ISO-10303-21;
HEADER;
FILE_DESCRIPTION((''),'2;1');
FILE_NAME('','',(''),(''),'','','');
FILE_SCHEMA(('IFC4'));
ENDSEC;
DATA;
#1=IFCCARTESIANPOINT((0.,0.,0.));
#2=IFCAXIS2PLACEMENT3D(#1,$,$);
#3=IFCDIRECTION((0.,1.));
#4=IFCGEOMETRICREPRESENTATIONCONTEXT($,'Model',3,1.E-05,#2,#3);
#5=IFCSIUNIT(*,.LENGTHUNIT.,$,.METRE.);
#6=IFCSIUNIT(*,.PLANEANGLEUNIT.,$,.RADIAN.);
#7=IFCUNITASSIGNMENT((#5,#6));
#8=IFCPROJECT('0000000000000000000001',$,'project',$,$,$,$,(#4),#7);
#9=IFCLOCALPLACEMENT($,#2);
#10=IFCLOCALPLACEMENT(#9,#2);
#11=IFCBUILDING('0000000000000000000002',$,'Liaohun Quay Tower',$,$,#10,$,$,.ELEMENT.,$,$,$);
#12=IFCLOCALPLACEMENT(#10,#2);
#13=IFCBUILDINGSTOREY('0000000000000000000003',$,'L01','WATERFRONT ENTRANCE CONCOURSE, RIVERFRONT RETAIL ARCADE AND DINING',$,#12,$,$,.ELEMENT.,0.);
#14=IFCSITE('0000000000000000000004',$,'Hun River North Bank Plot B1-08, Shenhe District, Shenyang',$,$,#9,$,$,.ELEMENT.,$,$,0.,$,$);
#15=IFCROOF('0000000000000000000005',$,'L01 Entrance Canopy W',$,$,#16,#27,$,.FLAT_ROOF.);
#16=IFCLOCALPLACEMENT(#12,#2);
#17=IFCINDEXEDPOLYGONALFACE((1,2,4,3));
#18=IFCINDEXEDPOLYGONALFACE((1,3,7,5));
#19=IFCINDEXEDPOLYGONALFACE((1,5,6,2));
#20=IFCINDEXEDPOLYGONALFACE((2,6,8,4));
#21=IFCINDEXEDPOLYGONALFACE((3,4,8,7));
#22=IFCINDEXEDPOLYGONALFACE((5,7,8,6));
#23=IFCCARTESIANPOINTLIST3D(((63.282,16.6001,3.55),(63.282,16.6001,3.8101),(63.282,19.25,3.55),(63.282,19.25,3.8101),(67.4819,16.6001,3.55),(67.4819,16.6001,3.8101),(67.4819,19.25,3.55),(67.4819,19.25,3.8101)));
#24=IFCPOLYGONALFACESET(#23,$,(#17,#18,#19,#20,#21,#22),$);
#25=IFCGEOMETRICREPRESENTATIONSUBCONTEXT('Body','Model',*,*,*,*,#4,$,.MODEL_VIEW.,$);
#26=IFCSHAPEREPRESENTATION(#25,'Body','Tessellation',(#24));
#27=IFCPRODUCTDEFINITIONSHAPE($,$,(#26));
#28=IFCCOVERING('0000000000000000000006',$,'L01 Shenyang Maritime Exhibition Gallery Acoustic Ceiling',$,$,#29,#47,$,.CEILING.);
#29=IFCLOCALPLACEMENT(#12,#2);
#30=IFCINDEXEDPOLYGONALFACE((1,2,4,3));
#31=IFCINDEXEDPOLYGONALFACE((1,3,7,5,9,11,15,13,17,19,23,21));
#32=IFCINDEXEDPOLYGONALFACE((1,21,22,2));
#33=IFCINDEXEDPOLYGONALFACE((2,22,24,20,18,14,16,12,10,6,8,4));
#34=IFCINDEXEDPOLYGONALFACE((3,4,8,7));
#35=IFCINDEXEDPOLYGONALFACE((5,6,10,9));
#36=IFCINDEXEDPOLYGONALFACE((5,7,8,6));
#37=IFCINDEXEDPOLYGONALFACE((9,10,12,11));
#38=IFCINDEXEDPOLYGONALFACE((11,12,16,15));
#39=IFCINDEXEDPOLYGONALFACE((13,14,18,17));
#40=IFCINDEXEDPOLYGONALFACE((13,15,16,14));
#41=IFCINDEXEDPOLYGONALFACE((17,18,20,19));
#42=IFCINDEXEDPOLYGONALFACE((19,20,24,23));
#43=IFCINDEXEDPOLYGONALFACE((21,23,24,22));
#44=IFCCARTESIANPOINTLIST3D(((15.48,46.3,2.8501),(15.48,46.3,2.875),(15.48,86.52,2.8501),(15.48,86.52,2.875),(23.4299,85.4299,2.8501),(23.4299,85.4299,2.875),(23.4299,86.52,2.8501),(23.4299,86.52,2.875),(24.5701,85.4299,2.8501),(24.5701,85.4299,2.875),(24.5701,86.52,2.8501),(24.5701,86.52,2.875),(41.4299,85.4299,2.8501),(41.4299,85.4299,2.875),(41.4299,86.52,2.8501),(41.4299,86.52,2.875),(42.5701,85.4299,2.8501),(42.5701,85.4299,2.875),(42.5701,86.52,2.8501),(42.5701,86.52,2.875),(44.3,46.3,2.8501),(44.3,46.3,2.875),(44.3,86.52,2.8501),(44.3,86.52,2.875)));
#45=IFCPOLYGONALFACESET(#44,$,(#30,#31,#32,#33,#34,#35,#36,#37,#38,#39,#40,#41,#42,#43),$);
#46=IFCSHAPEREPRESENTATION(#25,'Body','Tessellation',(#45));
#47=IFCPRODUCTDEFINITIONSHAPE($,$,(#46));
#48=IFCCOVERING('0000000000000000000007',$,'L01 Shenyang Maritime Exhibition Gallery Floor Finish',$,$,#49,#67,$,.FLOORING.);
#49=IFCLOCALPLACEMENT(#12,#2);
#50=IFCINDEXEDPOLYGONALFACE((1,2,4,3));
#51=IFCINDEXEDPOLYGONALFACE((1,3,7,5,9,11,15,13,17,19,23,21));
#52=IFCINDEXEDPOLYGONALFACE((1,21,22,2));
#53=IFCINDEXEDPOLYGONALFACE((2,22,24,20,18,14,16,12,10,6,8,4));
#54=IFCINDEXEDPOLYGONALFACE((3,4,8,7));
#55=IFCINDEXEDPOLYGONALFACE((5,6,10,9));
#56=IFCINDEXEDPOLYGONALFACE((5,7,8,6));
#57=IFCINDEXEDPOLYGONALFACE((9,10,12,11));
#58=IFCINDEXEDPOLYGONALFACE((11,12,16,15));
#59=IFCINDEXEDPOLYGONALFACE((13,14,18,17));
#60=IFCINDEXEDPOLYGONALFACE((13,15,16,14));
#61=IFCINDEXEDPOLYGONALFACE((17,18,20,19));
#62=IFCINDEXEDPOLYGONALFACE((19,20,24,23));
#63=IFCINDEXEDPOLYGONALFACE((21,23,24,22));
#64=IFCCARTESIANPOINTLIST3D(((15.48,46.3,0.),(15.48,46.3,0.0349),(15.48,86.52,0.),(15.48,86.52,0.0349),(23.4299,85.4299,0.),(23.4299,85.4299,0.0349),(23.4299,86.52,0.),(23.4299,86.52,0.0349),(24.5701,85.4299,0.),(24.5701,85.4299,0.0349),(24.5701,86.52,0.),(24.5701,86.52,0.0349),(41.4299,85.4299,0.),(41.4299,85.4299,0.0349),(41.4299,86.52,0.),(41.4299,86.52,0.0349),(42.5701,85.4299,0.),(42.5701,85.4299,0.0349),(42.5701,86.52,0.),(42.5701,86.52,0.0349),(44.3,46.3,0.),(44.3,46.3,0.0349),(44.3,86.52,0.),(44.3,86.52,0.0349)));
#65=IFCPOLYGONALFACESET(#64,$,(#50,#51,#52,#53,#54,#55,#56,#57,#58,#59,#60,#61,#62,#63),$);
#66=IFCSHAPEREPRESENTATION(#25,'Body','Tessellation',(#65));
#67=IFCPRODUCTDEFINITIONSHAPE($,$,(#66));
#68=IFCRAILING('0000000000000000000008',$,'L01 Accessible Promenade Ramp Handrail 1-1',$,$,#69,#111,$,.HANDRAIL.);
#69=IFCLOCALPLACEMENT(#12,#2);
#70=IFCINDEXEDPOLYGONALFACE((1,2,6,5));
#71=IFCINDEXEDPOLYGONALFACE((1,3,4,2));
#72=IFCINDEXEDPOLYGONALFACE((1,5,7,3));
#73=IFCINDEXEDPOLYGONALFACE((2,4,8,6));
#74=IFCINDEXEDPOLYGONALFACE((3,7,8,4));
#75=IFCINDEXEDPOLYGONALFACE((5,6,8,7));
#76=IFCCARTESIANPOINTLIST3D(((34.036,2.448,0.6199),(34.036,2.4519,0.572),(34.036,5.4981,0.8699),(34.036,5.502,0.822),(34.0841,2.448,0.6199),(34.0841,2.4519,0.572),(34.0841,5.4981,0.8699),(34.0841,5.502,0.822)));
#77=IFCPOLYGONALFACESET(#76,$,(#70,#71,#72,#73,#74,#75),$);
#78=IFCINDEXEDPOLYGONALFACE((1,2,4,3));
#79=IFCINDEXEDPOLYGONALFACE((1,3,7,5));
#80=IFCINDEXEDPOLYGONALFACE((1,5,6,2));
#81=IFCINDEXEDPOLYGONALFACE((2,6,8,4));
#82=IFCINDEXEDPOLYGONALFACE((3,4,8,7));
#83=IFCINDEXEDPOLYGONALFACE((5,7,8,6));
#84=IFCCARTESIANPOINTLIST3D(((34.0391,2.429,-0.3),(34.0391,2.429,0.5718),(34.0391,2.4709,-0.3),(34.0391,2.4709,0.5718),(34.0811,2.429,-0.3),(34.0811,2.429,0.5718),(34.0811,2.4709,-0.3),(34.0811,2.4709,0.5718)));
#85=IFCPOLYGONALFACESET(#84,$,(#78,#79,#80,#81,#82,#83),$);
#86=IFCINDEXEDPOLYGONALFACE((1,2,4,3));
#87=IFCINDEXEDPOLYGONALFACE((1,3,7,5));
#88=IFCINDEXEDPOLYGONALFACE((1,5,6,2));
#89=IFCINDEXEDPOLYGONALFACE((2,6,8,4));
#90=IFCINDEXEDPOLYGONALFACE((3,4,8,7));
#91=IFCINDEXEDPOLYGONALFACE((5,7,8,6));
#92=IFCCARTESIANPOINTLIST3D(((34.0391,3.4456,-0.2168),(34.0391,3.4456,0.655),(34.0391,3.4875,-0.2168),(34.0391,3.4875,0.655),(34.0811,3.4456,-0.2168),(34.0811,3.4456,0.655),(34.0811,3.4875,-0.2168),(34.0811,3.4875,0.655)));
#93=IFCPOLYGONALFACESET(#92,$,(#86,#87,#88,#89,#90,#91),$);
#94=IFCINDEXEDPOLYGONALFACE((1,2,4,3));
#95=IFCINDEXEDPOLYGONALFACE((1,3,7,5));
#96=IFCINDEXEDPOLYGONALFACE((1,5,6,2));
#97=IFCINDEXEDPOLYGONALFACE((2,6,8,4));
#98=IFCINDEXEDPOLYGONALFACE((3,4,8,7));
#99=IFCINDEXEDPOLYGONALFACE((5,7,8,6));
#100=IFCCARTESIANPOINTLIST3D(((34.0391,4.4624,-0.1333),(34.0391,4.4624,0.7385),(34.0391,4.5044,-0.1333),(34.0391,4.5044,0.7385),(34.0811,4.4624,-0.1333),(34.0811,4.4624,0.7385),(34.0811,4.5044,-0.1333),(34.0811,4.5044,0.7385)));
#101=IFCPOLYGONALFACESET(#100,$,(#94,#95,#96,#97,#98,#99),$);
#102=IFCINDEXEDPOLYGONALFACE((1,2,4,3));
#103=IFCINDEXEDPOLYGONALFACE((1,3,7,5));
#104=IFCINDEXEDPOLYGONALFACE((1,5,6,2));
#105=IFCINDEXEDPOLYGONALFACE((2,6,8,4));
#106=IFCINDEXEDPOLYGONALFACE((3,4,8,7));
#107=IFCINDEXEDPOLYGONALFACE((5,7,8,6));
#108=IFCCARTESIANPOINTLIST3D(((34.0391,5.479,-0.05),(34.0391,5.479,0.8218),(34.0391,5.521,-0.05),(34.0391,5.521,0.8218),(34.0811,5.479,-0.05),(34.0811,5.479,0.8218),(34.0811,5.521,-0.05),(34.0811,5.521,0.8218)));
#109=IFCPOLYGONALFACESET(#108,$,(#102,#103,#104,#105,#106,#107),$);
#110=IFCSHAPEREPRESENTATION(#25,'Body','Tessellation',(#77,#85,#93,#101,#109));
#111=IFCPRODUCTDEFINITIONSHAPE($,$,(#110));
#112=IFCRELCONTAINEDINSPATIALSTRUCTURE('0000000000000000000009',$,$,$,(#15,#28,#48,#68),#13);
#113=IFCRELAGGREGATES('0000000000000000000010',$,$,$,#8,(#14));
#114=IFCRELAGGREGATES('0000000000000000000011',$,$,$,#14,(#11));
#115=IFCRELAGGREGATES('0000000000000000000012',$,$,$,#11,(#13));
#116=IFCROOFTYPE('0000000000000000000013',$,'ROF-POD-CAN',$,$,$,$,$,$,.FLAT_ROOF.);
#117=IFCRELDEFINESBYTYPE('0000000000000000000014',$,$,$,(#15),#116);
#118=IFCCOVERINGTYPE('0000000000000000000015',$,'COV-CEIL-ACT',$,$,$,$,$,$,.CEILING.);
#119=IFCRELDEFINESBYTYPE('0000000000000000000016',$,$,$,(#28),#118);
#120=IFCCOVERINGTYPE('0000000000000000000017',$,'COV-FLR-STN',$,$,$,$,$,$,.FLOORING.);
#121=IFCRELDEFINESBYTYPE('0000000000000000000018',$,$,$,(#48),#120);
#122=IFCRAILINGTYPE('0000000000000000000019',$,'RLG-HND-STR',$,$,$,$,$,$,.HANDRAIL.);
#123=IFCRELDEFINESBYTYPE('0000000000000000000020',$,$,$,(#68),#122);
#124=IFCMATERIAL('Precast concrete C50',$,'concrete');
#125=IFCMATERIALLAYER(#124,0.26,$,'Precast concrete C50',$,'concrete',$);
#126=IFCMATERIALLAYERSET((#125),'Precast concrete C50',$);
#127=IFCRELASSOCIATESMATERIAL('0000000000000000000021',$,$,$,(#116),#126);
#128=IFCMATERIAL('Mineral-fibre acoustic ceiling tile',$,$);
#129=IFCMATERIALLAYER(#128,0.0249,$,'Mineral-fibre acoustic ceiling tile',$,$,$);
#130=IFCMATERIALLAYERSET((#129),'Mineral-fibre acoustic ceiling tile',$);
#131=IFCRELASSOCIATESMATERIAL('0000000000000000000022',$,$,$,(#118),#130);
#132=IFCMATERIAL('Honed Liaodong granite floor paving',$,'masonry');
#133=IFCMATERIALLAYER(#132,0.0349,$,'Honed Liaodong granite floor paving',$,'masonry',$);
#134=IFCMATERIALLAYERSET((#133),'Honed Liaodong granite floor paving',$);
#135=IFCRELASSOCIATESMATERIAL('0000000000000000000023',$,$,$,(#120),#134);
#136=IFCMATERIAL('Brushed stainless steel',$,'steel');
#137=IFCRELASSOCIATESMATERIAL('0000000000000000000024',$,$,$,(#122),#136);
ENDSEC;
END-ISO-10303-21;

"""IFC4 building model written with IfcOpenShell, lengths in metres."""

from ifc_helpers import new_model, si_unit, direction, frame, origin, origin_2d, place, context, subcontext, project, spatial, polyline, rectangle, outline, extrude, material, layer, layer_set, type_object, element, save


model = new_model("IFC4")

# Units and contexts
model_context = context("Model", 3, precision=1e-05, world=origin(), true_north=direction((0.0, 1.0)))
body_context = subcontext(model_context, "Body", "Model", "MODEL_VIEW")
ifc_project = project(units=[si_unit("LENGTHUNIT", "METRE"), si_unit("PLANEANGLEUNIT", "RADIAN")], contexts=[model_context])

# Site, building, storey
site_placement = place(None, origin())
site = spatial("IfcSite", under=ifc_project, at=site_placement, Name="Hun River North Bank Plot B1-08, Shenhe District, Shenyang", CompositionType="ELEMENT", RefElevation=0.0)
building_placement = place(site_placement, origin())
building = spatial("IfcBuilding", under=site, at=building_placement, Name="Liaohun Quay Tower", CompositionType="ELEMENT")
storey_placement = place(building_placement, origin())
storey = spatial("IfcBuildingStorey", under=building, at=storey_placement, Name="L01", Description="WATERFRONT ENTRANCE CONCOURSE, RIVERFRONT RETAIL ARCADE AND DINING", CompositionType="ELEMENT", Elevation=0.0)

# Shared definitions
ifc_material_1 = material(Name="Precast concrete C50", Category="concrete")

# Roof
ifc_layer_1 = layer(ifc_material_1, 0.26, Name="Precast concrete C50", Category="concrete")
ifc_layer_set_1 = layer_set([ifc_layer_1], Name="Precast concrete C50")
roof_type = type_object("IfcRoofType", Name="ROF-POD-CAN", PredefinedType="FLAT_ROOF", material=ifc_layer_set_1)
roof_1_placement = place(storey_placement, frame((0.0, 0.0, 3.55)))
element("IfcRoof", 1, at=roof_1_placement, inside=storey, type_object=roof_type, Name="L01 Entrance Canopy W", PredefinedType="FLAT_ROOF", context=body_context, shape_type="SweptSolid", body=[
    extrude(outline(polyline([(63.282, 16.6001), (67.4819, 16.6001), (67.4819, 19.25), (63.282, 19.25), (63.282, 16.6001)])), origin(), (0.0, 0.0, 1.0), 0.26),
])

# Coverings
ifc_material_2 = material(Name="Mineral-fibre acoustic ceiling tile")
ifc_layer_2 = layer(ifc_material_2, 0.0249, Name="Mineral-fibre acoustic ceiling tile")
ifc_layer_set_2 = layer_set([ifc_layer_2], Name="Mineral-fibre acoustic ceiling tile")
covering_type_1 = type_object("IfcCoveringType", Name="COV-CEIL-ACT", PredefinedType="CEILING", material=ifc_layer_set_2)
covering_1_placement = place(storey_placement, frame((0.0, 0.0, 2.8501)))
element("IfcCovering", 2, at=covering_1_placement, inside=storey, type_object=covering_type_1, Name="L01 Shenyang Maritime Exhibition Gallery Acoustic Ceiling", PredefinedType="CEILING", context=body_context, shape_type="SweptSolid", body=[
    extrude(outline(polyline([(42.5701, 86.52), (42.5701, 85.4299), (41.4299, 85.4299), (41.4299, 86.52), (24.5701, 86.52), (24.5701, 85.4299), (23.4299, 85.4299), (23.4299, 86.52), (15.48, 86.52), (15.48, 46.3), (44.3, 46.3), (44.3, 86.52), (42.5701, 86.52)])), origin(), (0.0, 0.0, 1.0), 0.0249),
])
ifc_material_3 = material(Name="Honed Liaodong granite floor paving", Category="masonry")
ifc_layer_3 = layer(ifc_material_3, 0.0349, Name="Honed Liaodong granite floor paving", Category="masonry")
ifc_layer_set_3 = layer_set([ifc_layer_3], Name="Honed Liaodong granite floor paving")
covering_type_2 = type_object("IfcCoveringType", Name="COV-FLR-STN", PredefinedType="FLOORING", material=ifc_layer_set_3)
covering_2_placement = place(storey_placement, origin())
element("IfcCovering", 3, at=covering_2_placement, inside=storey, type_object=covering_type_2, Name="L01 Shenyang Maritime Exhibition Gallery Floor Finish", PredefinedType="FLOORING", context=body_context, shape_type="SweptSolid", body=[
    extrude(outline(polyline([(42.5701, 86.52), (42.5701, 85.4299), (41.4299, 85.4299), (41.4299, 86.52), (24.5701, 86.52), (24.5701, 85.4299), (23.4299, 85.4299), (23.4299, 86.52), (15.48, 86.52), (15.48, 46.3), (44.3, 46.3), (44.3, 86.52), (42.5701, 86.52)])), origin(), (0.0, 0.0, 1.0), 0.0349),
])

# Railing
ifc_material_4 = material(Name="Brushed stainless steel", Category="steel")
railing_type = type_object("IfcRailingType", Name="RLG-HND-STR", PredefinedType="HANDRAIL", material=ifc_material_4)
railing_placement = place(storey_placement, frame((34.0601, 2.45, -0.3)))
element("IfcRailing", 4, at=railing_placement, inside=storey, type_object=railing_type, Name="L01 Accessible Promenade Ramp Handrail 1-1", PredefinedType="HANDRAIL", context=body_context, shape_type="SweptSolid", body=[
    extrude(rectangle(XDim=0.0481, YDim=0.0481, at=origin_2d()), frame((0.0, 0.0, 0.896), z_axis=(0.0, 0.996658, 0.081692), x_axis=(-1.0, 0.0, 0.0)), (0.0, 0.0, 1.0), 3.0603),
    extrude(rectangle(XDim=0.042, YDim=0.042, at=origin_2d()), origin(), (0.0, 0.0, 1.0), 0.8718),
    extrude(rectangle(XDim=0.042, YDim=0.042, at=origin_2d()), frame((0.0, 1.0166, 0.0833)), (0.0, 0.0, 1.0), 0.8718),
    extrude(rectangle(XDim=0.042, YDim=0.042, at=origin_2d()), frame((0.0, 2.0334, 0.1667)), (0.0, 0.0, 1.0), 0.8718),
    extrude(rectangle(XDim=0.042, YDim=0.042, at=origin_2d()), frame((0.0, 3.05, 0.25)), (0.0, 0.0, 1.0), 0.8718),
])

save(model, "model.ifc")
